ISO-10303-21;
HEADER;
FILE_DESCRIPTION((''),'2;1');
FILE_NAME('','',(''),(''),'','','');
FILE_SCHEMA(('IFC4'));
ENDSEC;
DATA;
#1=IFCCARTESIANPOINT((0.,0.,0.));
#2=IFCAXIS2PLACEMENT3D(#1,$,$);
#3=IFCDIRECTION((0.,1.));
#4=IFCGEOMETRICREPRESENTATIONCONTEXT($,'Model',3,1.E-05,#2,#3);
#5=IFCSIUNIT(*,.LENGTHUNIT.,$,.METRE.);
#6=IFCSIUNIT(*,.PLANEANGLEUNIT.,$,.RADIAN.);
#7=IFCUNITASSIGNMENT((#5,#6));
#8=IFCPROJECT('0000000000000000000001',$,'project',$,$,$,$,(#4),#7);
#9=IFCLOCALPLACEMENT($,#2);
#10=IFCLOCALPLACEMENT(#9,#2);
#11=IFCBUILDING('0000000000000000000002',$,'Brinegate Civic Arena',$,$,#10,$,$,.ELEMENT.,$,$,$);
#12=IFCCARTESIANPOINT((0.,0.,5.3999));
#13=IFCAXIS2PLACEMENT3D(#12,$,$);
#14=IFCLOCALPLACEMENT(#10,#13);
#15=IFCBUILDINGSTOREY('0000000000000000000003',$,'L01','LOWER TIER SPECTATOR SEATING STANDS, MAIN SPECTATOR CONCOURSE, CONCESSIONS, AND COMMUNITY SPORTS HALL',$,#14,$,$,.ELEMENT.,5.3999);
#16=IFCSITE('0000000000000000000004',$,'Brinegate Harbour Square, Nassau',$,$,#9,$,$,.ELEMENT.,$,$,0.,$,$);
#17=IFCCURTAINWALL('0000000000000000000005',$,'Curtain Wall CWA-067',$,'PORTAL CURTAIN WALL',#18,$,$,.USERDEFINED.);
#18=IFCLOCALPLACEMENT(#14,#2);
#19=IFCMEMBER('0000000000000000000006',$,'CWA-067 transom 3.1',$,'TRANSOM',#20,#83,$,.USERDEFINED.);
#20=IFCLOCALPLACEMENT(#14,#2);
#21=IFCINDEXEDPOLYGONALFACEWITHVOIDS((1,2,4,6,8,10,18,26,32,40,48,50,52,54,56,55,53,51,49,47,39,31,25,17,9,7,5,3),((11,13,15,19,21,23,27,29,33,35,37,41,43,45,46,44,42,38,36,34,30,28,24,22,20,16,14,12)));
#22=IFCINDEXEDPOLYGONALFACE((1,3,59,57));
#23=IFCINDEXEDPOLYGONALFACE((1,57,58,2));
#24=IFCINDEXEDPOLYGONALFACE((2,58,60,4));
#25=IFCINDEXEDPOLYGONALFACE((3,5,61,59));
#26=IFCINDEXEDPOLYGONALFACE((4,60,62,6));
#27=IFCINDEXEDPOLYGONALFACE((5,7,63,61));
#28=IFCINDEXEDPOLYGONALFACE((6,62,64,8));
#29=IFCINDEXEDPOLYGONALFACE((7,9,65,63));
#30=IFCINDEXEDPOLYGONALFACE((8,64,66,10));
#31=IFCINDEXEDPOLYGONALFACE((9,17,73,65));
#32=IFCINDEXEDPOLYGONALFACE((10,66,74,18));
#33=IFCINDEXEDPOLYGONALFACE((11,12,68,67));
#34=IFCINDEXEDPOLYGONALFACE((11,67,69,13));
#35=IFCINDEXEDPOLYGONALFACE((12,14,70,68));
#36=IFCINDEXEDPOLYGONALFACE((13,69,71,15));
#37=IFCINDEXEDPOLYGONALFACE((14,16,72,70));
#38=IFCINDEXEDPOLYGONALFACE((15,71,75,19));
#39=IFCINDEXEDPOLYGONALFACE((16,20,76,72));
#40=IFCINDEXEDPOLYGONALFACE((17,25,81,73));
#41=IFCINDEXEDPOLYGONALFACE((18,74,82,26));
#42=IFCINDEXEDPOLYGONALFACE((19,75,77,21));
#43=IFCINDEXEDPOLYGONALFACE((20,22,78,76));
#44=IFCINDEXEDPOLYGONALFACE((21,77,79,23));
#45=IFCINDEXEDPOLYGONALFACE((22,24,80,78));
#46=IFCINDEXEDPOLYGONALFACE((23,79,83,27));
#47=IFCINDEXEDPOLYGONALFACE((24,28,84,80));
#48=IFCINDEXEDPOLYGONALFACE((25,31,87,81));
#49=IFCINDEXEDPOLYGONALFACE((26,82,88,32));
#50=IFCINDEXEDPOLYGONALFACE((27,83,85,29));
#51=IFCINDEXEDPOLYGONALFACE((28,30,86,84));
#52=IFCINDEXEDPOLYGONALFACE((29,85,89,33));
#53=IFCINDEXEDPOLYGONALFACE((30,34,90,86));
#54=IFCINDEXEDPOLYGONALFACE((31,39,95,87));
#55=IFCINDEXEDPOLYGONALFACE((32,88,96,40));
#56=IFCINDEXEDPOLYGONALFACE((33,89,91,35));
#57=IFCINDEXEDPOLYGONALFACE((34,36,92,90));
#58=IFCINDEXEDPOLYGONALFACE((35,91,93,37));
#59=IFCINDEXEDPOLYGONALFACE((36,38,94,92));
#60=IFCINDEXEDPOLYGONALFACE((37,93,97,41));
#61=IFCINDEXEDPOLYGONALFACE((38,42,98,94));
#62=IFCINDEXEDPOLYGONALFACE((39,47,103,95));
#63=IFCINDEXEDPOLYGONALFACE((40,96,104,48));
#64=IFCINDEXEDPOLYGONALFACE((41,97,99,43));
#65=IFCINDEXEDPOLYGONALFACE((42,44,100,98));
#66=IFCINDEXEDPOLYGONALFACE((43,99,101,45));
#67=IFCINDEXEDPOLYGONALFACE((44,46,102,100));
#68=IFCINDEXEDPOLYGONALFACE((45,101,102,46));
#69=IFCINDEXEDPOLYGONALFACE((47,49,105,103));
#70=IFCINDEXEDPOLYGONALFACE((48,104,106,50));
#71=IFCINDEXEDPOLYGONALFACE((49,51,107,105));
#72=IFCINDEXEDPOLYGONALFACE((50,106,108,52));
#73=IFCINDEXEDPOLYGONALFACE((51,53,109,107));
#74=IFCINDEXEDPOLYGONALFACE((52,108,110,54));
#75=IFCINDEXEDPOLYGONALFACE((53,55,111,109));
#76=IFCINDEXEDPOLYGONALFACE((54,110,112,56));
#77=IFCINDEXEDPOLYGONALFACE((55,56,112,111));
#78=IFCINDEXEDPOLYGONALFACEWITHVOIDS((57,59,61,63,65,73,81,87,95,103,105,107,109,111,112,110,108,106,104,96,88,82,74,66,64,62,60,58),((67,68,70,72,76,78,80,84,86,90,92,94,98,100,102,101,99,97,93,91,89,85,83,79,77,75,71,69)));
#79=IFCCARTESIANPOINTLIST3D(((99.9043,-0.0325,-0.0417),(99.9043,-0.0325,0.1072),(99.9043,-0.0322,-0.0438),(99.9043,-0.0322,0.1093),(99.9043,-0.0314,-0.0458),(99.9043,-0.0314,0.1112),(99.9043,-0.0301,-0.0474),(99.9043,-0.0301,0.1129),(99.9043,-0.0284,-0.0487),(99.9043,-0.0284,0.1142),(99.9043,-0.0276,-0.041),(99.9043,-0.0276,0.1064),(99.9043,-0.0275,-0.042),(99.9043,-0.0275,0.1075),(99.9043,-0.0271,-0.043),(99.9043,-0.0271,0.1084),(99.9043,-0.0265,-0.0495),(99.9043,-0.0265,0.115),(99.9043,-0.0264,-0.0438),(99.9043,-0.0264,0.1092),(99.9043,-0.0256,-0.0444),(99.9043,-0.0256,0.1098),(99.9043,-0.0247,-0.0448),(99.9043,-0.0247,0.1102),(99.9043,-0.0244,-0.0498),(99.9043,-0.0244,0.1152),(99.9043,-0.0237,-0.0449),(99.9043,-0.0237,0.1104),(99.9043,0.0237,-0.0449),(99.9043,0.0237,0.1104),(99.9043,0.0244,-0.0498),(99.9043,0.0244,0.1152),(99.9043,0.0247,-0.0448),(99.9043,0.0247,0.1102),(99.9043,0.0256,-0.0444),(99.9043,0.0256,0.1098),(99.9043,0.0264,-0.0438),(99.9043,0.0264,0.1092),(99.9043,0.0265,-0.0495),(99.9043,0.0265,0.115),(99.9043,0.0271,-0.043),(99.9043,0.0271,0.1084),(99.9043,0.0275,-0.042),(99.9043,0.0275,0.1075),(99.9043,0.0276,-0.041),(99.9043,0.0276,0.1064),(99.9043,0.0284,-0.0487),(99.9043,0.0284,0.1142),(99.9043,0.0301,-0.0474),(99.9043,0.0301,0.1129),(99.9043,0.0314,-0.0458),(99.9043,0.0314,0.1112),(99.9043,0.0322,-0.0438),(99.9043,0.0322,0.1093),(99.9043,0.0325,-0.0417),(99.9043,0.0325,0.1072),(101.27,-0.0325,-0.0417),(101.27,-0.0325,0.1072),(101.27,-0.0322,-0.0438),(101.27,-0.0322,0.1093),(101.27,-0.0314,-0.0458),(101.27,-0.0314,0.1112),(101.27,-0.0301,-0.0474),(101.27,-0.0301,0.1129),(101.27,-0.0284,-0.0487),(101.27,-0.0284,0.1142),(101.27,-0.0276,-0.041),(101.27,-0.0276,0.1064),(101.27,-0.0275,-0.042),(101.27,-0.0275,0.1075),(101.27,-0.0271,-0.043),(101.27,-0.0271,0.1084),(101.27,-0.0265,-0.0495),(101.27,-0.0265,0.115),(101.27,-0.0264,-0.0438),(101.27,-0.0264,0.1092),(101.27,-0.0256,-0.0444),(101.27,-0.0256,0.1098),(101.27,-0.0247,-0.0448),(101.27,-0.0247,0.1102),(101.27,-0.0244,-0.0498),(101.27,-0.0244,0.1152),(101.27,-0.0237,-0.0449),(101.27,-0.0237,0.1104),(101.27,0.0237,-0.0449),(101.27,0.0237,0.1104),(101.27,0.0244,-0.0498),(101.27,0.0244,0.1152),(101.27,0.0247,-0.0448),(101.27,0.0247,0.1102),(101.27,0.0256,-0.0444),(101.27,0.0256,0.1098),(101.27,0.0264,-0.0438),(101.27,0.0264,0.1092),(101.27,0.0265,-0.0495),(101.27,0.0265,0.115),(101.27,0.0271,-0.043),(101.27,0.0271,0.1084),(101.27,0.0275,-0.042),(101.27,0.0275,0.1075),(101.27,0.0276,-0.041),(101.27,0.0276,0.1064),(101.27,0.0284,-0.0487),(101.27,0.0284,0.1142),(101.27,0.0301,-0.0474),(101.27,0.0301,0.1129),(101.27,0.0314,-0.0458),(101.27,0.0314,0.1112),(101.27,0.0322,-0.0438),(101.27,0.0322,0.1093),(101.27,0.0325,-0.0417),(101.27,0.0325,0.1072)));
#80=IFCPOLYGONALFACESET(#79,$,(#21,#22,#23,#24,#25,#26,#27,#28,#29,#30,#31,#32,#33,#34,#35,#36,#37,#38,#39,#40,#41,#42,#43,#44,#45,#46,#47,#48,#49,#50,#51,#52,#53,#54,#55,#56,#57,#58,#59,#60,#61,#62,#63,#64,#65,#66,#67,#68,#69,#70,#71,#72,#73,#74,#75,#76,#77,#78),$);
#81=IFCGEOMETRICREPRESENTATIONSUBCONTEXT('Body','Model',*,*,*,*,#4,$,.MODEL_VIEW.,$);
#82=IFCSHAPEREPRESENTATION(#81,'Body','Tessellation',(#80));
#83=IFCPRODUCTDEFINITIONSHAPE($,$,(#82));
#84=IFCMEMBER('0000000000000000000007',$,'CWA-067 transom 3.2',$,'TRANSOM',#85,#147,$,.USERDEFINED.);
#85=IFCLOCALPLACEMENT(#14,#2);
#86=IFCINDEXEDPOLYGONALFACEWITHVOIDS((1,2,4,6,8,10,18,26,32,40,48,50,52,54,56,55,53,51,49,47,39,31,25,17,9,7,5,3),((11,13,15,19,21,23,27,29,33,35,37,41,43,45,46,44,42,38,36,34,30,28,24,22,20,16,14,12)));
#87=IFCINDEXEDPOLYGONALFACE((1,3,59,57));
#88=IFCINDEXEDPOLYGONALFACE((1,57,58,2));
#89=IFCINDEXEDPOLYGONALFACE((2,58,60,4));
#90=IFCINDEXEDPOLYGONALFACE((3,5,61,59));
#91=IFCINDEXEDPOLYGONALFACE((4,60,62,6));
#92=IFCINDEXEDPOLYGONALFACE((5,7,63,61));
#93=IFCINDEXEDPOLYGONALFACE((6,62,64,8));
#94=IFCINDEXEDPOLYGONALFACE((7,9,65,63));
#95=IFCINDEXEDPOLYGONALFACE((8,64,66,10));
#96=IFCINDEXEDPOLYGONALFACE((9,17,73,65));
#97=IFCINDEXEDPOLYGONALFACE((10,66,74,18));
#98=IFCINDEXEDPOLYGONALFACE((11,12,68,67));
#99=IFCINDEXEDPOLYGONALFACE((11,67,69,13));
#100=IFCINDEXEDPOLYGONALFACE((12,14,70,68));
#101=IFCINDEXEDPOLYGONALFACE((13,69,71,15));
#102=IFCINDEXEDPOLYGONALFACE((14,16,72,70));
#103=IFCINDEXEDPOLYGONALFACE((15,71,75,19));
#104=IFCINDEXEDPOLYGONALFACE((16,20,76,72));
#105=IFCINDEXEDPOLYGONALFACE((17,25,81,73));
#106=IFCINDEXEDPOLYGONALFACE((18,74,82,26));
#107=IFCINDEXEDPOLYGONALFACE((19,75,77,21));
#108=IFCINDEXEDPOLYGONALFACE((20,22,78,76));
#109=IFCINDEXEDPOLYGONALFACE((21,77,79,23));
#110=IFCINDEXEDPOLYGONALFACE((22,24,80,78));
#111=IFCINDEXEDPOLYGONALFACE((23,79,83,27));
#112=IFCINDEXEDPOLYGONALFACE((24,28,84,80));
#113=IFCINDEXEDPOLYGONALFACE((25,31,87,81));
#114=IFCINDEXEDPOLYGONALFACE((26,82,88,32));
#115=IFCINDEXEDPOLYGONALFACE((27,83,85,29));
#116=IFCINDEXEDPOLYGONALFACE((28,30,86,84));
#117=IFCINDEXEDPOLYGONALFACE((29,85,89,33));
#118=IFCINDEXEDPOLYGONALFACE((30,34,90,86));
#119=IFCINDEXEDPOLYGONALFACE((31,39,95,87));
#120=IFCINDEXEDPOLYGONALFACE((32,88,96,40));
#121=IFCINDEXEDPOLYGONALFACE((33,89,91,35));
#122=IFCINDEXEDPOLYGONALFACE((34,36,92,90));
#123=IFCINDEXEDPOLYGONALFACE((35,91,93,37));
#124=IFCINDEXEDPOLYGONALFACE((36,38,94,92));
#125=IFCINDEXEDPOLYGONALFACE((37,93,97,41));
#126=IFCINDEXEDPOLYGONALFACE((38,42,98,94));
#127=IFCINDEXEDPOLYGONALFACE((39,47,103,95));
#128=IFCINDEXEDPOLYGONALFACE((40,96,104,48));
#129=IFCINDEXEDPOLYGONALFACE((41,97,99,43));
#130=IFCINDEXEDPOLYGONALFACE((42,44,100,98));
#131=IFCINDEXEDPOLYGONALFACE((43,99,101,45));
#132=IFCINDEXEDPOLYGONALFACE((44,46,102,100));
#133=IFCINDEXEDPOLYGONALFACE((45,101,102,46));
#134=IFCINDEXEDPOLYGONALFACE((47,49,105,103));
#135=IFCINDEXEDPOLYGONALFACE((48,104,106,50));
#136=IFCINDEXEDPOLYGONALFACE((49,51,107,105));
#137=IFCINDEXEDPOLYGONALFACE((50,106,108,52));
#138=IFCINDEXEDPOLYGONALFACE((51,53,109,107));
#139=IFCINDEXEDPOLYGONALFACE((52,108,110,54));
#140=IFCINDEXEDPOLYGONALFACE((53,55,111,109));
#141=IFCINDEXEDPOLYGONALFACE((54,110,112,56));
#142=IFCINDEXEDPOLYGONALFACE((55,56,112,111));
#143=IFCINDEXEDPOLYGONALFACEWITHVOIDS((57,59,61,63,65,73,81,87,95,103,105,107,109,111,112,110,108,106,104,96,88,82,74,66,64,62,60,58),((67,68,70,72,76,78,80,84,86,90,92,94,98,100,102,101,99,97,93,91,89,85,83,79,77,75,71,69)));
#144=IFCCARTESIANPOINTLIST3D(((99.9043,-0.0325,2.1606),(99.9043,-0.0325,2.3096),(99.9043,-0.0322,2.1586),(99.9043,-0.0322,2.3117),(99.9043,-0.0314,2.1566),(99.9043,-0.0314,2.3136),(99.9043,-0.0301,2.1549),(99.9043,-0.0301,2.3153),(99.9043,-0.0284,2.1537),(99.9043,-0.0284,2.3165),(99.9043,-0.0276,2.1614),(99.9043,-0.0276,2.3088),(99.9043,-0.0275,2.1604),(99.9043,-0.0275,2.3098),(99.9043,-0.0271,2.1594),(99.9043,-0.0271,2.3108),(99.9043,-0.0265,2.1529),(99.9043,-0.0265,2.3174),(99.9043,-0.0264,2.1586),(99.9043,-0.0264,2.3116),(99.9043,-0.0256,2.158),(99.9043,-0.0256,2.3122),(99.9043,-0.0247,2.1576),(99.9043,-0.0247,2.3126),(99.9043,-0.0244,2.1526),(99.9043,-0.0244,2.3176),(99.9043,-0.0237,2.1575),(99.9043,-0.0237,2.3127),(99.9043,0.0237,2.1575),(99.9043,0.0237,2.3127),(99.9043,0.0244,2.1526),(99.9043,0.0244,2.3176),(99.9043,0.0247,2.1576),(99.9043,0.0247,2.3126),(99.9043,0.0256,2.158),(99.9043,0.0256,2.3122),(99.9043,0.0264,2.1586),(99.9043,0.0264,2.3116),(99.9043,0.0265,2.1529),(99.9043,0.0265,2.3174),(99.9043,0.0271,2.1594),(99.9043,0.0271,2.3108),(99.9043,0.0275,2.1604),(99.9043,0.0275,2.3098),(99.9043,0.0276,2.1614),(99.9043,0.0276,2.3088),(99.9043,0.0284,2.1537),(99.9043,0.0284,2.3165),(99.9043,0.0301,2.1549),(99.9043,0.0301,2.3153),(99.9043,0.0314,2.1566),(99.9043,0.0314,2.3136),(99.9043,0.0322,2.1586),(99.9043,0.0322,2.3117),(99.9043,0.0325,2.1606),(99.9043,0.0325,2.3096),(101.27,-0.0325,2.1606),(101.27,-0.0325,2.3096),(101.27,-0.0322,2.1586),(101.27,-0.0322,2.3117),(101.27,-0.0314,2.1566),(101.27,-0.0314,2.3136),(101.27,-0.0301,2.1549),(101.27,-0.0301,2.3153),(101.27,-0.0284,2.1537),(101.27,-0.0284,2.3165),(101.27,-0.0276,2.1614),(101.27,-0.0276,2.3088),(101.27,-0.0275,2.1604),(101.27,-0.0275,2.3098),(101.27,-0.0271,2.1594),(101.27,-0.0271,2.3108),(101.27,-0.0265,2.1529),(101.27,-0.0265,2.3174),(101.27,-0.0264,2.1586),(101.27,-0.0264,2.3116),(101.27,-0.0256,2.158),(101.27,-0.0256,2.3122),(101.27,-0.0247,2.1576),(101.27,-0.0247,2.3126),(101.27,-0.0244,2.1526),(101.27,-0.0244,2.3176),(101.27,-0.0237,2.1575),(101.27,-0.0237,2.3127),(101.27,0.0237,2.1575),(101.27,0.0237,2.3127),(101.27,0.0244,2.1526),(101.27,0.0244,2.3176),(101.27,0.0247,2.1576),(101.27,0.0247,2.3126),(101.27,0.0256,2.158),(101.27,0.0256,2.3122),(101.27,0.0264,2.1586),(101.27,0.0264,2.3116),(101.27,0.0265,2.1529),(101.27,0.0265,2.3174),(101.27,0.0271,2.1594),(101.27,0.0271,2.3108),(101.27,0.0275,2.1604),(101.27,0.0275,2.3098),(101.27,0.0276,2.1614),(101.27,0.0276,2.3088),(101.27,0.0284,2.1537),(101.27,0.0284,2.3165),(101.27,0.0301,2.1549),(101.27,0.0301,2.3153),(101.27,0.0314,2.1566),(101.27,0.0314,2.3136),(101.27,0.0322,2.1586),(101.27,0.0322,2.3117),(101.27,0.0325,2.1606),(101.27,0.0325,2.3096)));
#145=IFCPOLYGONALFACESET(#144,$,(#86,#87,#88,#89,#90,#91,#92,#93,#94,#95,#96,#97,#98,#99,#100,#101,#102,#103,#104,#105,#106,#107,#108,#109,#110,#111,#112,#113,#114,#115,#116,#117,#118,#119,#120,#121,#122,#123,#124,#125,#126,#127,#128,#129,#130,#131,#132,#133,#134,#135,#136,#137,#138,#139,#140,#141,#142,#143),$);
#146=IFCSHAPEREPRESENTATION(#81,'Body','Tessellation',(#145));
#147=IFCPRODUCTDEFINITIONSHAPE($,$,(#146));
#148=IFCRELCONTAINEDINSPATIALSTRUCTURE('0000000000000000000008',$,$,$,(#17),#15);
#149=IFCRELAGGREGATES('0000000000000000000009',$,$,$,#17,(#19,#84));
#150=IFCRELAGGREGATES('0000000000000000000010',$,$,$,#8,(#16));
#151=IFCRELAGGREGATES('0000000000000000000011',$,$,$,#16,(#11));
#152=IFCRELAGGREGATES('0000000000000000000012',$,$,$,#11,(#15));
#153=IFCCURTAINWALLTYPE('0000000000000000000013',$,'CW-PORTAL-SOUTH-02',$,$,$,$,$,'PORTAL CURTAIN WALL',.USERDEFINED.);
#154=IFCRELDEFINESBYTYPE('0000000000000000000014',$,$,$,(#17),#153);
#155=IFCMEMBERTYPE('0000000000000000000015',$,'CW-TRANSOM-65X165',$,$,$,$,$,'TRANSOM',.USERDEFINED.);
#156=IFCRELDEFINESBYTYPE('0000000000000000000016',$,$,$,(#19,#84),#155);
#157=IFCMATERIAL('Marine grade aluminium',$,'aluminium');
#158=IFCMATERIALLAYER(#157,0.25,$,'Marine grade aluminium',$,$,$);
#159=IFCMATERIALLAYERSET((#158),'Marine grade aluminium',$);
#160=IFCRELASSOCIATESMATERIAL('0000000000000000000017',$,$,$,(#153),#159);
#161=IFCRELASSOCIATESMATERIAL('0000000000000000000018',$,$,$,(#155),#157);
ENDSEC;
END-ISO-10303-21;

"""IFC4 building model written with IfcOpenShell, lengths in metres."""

from ifc_helpers import new_model, si_unit, direction, frame, origin, origin_2d, place, context, subcontext, project, spatial, hollow_rectangle, extrude, material, layer, layer_set, material_profile, profile_set, type_object, element, aggregate, save


model = new_model("IFC4")

# Units and contexts
model_context = context("Model", 3, precision=1e-05, world=origin(), true_north=direction((0.0, 1.0)))
body_context = subcontext(model_context, "Body", "Model", "MODEL_VIEW")
ifc_project = project(units=[si_unit("LENGTHUNIT", "METRE"), si_unit("PLANEANGLEUNIT", "RADIAN")], contexts=[model_context])

# Site, building, storey
site_placement = place(None, origin())
site = spatial("IfcSite", under=ifc_project, at=site_placement, Name="Brinegate Harbour Square, Nassau", CompositionType="ELEMENT", RefElevation=0.0)
building_placement = place(site_placement, origin())
building = spatial("IfcBuilding", under=site, at=building_placement, Name="Brinegate Civic Arena", CompositionType="ELEMENT")
storey_placement = place(building_placement, frame((0.0, 0.0, 5.3999)))
storey = spatial("IfcBuildingStorey", under=building, at=storey_placement, Name="L01", Description="LOWER TIER SPECTATOR SEATING STANDS, MAIN SPECTATOR CONCOURSE, CONCESSIONS, AND COMMUNITY SPORTS HALL", CompositionType="ELEMENT", Elevation=5.3999)

# Curtain wall, members
ifc_material_1 = material(Name="Marine grade aluminium", Category="aluminium")
ifc_layer_1 = layer(ifc_material_1, 0.25, Name="Marine grade aluminium")
ifc_layer_set_1 = layer_set([ifc_layer_1], Name="Marine grade aluminium")
curtain_wall_type = type_object("IfcCurtainWallType", Name="CW-PORTAL-SOUTH-02", ElementType="PORTAL CURTAIN WALL", PredefinedType="USERDEFINED", material=ifc_layer_set_1)
curtain_wall_placement = place(storey_placement, origin())
curtain_wall = element("IfcCurtainWall", 1, at=curtain_wall_placement, inside=storey, type_object=curtain_wall_type, Name="Curtain Wall CWA-067", ObjectType="PORTAL CURTAIN WALL", PredefinedType="USERDEFINED")
ifc_material_profile_1 = material_profile(ifc_material_1, hollow_rectangle(XDim=0.0649, YDim=0.165, WallThickness=0.0049, InnerFilletRadius=0.0039, OuterFilletRadius=0.0081, at=origin_2d()), Name="TRN65X165")
ifc_profile_set_1 = profile_set([ifc_material_profile_1], Name="Marine grade aluminium")
member_type_1 = type_object("IfcMemberType", Name="CW-TRANSOM-65X165", ElementType="TRANSOM", PredefinedType="USERDEFINED", material=ifc_profile_set_1)
member_1_placement = place(storey_placement, frame((99.9043, 0.0, 0.0327), z_axis=(1.0, 0.0, 0.0), x_axis=(0.0, 1.0, 0.0)))
member_1 = element("IfcMember", 2, at=member_1_placement, type_object=member_type_1, Name="CWA-067 transom 3.1", ObjectType="TRANSOM", PredefinedType="USERDEFINED", context=body_context, shape_type="SweptSolid", body=[
    extrude(hollow_rectangle(XDim=0.0649, YDim=0.165, WallThickness=0.0049, InnerFilletRadius=0.0039, OuterFilletRadius=0.0081, at=origin_2d()), origin(), (0.0, 0.0, 1.0), 1.3657),
])
member_2_placement = place(storey_placement, frame((99.9043, 0.0, 2.2351), z_axis=(1.0, 0.0, 0.0), x_axis=(0.0, 1.0, 0.0)))
member_2 = element("IfcMember", 3, at=member_2_placement, type_object=member_type_1, Name="CWA-067 transom 3.2", ObjectType="TRANSOM", PredefinedType="USERDEFINED", context=body_context, shape_type="SweptSolid", body=[
    extrude(hollow_rectangle(XDim=0.0649, YDim=0.165, WallThickness=0.0049, InnerFilletRadius=0.0039, OuterFilletRadius=0.0081, at=origin_2d()), origin(), (0.0, 0.0, 1.0), 1.3657),
])
aggregate(curtain_wall, [member_1, member_2])

save(model, "model.ifc")
